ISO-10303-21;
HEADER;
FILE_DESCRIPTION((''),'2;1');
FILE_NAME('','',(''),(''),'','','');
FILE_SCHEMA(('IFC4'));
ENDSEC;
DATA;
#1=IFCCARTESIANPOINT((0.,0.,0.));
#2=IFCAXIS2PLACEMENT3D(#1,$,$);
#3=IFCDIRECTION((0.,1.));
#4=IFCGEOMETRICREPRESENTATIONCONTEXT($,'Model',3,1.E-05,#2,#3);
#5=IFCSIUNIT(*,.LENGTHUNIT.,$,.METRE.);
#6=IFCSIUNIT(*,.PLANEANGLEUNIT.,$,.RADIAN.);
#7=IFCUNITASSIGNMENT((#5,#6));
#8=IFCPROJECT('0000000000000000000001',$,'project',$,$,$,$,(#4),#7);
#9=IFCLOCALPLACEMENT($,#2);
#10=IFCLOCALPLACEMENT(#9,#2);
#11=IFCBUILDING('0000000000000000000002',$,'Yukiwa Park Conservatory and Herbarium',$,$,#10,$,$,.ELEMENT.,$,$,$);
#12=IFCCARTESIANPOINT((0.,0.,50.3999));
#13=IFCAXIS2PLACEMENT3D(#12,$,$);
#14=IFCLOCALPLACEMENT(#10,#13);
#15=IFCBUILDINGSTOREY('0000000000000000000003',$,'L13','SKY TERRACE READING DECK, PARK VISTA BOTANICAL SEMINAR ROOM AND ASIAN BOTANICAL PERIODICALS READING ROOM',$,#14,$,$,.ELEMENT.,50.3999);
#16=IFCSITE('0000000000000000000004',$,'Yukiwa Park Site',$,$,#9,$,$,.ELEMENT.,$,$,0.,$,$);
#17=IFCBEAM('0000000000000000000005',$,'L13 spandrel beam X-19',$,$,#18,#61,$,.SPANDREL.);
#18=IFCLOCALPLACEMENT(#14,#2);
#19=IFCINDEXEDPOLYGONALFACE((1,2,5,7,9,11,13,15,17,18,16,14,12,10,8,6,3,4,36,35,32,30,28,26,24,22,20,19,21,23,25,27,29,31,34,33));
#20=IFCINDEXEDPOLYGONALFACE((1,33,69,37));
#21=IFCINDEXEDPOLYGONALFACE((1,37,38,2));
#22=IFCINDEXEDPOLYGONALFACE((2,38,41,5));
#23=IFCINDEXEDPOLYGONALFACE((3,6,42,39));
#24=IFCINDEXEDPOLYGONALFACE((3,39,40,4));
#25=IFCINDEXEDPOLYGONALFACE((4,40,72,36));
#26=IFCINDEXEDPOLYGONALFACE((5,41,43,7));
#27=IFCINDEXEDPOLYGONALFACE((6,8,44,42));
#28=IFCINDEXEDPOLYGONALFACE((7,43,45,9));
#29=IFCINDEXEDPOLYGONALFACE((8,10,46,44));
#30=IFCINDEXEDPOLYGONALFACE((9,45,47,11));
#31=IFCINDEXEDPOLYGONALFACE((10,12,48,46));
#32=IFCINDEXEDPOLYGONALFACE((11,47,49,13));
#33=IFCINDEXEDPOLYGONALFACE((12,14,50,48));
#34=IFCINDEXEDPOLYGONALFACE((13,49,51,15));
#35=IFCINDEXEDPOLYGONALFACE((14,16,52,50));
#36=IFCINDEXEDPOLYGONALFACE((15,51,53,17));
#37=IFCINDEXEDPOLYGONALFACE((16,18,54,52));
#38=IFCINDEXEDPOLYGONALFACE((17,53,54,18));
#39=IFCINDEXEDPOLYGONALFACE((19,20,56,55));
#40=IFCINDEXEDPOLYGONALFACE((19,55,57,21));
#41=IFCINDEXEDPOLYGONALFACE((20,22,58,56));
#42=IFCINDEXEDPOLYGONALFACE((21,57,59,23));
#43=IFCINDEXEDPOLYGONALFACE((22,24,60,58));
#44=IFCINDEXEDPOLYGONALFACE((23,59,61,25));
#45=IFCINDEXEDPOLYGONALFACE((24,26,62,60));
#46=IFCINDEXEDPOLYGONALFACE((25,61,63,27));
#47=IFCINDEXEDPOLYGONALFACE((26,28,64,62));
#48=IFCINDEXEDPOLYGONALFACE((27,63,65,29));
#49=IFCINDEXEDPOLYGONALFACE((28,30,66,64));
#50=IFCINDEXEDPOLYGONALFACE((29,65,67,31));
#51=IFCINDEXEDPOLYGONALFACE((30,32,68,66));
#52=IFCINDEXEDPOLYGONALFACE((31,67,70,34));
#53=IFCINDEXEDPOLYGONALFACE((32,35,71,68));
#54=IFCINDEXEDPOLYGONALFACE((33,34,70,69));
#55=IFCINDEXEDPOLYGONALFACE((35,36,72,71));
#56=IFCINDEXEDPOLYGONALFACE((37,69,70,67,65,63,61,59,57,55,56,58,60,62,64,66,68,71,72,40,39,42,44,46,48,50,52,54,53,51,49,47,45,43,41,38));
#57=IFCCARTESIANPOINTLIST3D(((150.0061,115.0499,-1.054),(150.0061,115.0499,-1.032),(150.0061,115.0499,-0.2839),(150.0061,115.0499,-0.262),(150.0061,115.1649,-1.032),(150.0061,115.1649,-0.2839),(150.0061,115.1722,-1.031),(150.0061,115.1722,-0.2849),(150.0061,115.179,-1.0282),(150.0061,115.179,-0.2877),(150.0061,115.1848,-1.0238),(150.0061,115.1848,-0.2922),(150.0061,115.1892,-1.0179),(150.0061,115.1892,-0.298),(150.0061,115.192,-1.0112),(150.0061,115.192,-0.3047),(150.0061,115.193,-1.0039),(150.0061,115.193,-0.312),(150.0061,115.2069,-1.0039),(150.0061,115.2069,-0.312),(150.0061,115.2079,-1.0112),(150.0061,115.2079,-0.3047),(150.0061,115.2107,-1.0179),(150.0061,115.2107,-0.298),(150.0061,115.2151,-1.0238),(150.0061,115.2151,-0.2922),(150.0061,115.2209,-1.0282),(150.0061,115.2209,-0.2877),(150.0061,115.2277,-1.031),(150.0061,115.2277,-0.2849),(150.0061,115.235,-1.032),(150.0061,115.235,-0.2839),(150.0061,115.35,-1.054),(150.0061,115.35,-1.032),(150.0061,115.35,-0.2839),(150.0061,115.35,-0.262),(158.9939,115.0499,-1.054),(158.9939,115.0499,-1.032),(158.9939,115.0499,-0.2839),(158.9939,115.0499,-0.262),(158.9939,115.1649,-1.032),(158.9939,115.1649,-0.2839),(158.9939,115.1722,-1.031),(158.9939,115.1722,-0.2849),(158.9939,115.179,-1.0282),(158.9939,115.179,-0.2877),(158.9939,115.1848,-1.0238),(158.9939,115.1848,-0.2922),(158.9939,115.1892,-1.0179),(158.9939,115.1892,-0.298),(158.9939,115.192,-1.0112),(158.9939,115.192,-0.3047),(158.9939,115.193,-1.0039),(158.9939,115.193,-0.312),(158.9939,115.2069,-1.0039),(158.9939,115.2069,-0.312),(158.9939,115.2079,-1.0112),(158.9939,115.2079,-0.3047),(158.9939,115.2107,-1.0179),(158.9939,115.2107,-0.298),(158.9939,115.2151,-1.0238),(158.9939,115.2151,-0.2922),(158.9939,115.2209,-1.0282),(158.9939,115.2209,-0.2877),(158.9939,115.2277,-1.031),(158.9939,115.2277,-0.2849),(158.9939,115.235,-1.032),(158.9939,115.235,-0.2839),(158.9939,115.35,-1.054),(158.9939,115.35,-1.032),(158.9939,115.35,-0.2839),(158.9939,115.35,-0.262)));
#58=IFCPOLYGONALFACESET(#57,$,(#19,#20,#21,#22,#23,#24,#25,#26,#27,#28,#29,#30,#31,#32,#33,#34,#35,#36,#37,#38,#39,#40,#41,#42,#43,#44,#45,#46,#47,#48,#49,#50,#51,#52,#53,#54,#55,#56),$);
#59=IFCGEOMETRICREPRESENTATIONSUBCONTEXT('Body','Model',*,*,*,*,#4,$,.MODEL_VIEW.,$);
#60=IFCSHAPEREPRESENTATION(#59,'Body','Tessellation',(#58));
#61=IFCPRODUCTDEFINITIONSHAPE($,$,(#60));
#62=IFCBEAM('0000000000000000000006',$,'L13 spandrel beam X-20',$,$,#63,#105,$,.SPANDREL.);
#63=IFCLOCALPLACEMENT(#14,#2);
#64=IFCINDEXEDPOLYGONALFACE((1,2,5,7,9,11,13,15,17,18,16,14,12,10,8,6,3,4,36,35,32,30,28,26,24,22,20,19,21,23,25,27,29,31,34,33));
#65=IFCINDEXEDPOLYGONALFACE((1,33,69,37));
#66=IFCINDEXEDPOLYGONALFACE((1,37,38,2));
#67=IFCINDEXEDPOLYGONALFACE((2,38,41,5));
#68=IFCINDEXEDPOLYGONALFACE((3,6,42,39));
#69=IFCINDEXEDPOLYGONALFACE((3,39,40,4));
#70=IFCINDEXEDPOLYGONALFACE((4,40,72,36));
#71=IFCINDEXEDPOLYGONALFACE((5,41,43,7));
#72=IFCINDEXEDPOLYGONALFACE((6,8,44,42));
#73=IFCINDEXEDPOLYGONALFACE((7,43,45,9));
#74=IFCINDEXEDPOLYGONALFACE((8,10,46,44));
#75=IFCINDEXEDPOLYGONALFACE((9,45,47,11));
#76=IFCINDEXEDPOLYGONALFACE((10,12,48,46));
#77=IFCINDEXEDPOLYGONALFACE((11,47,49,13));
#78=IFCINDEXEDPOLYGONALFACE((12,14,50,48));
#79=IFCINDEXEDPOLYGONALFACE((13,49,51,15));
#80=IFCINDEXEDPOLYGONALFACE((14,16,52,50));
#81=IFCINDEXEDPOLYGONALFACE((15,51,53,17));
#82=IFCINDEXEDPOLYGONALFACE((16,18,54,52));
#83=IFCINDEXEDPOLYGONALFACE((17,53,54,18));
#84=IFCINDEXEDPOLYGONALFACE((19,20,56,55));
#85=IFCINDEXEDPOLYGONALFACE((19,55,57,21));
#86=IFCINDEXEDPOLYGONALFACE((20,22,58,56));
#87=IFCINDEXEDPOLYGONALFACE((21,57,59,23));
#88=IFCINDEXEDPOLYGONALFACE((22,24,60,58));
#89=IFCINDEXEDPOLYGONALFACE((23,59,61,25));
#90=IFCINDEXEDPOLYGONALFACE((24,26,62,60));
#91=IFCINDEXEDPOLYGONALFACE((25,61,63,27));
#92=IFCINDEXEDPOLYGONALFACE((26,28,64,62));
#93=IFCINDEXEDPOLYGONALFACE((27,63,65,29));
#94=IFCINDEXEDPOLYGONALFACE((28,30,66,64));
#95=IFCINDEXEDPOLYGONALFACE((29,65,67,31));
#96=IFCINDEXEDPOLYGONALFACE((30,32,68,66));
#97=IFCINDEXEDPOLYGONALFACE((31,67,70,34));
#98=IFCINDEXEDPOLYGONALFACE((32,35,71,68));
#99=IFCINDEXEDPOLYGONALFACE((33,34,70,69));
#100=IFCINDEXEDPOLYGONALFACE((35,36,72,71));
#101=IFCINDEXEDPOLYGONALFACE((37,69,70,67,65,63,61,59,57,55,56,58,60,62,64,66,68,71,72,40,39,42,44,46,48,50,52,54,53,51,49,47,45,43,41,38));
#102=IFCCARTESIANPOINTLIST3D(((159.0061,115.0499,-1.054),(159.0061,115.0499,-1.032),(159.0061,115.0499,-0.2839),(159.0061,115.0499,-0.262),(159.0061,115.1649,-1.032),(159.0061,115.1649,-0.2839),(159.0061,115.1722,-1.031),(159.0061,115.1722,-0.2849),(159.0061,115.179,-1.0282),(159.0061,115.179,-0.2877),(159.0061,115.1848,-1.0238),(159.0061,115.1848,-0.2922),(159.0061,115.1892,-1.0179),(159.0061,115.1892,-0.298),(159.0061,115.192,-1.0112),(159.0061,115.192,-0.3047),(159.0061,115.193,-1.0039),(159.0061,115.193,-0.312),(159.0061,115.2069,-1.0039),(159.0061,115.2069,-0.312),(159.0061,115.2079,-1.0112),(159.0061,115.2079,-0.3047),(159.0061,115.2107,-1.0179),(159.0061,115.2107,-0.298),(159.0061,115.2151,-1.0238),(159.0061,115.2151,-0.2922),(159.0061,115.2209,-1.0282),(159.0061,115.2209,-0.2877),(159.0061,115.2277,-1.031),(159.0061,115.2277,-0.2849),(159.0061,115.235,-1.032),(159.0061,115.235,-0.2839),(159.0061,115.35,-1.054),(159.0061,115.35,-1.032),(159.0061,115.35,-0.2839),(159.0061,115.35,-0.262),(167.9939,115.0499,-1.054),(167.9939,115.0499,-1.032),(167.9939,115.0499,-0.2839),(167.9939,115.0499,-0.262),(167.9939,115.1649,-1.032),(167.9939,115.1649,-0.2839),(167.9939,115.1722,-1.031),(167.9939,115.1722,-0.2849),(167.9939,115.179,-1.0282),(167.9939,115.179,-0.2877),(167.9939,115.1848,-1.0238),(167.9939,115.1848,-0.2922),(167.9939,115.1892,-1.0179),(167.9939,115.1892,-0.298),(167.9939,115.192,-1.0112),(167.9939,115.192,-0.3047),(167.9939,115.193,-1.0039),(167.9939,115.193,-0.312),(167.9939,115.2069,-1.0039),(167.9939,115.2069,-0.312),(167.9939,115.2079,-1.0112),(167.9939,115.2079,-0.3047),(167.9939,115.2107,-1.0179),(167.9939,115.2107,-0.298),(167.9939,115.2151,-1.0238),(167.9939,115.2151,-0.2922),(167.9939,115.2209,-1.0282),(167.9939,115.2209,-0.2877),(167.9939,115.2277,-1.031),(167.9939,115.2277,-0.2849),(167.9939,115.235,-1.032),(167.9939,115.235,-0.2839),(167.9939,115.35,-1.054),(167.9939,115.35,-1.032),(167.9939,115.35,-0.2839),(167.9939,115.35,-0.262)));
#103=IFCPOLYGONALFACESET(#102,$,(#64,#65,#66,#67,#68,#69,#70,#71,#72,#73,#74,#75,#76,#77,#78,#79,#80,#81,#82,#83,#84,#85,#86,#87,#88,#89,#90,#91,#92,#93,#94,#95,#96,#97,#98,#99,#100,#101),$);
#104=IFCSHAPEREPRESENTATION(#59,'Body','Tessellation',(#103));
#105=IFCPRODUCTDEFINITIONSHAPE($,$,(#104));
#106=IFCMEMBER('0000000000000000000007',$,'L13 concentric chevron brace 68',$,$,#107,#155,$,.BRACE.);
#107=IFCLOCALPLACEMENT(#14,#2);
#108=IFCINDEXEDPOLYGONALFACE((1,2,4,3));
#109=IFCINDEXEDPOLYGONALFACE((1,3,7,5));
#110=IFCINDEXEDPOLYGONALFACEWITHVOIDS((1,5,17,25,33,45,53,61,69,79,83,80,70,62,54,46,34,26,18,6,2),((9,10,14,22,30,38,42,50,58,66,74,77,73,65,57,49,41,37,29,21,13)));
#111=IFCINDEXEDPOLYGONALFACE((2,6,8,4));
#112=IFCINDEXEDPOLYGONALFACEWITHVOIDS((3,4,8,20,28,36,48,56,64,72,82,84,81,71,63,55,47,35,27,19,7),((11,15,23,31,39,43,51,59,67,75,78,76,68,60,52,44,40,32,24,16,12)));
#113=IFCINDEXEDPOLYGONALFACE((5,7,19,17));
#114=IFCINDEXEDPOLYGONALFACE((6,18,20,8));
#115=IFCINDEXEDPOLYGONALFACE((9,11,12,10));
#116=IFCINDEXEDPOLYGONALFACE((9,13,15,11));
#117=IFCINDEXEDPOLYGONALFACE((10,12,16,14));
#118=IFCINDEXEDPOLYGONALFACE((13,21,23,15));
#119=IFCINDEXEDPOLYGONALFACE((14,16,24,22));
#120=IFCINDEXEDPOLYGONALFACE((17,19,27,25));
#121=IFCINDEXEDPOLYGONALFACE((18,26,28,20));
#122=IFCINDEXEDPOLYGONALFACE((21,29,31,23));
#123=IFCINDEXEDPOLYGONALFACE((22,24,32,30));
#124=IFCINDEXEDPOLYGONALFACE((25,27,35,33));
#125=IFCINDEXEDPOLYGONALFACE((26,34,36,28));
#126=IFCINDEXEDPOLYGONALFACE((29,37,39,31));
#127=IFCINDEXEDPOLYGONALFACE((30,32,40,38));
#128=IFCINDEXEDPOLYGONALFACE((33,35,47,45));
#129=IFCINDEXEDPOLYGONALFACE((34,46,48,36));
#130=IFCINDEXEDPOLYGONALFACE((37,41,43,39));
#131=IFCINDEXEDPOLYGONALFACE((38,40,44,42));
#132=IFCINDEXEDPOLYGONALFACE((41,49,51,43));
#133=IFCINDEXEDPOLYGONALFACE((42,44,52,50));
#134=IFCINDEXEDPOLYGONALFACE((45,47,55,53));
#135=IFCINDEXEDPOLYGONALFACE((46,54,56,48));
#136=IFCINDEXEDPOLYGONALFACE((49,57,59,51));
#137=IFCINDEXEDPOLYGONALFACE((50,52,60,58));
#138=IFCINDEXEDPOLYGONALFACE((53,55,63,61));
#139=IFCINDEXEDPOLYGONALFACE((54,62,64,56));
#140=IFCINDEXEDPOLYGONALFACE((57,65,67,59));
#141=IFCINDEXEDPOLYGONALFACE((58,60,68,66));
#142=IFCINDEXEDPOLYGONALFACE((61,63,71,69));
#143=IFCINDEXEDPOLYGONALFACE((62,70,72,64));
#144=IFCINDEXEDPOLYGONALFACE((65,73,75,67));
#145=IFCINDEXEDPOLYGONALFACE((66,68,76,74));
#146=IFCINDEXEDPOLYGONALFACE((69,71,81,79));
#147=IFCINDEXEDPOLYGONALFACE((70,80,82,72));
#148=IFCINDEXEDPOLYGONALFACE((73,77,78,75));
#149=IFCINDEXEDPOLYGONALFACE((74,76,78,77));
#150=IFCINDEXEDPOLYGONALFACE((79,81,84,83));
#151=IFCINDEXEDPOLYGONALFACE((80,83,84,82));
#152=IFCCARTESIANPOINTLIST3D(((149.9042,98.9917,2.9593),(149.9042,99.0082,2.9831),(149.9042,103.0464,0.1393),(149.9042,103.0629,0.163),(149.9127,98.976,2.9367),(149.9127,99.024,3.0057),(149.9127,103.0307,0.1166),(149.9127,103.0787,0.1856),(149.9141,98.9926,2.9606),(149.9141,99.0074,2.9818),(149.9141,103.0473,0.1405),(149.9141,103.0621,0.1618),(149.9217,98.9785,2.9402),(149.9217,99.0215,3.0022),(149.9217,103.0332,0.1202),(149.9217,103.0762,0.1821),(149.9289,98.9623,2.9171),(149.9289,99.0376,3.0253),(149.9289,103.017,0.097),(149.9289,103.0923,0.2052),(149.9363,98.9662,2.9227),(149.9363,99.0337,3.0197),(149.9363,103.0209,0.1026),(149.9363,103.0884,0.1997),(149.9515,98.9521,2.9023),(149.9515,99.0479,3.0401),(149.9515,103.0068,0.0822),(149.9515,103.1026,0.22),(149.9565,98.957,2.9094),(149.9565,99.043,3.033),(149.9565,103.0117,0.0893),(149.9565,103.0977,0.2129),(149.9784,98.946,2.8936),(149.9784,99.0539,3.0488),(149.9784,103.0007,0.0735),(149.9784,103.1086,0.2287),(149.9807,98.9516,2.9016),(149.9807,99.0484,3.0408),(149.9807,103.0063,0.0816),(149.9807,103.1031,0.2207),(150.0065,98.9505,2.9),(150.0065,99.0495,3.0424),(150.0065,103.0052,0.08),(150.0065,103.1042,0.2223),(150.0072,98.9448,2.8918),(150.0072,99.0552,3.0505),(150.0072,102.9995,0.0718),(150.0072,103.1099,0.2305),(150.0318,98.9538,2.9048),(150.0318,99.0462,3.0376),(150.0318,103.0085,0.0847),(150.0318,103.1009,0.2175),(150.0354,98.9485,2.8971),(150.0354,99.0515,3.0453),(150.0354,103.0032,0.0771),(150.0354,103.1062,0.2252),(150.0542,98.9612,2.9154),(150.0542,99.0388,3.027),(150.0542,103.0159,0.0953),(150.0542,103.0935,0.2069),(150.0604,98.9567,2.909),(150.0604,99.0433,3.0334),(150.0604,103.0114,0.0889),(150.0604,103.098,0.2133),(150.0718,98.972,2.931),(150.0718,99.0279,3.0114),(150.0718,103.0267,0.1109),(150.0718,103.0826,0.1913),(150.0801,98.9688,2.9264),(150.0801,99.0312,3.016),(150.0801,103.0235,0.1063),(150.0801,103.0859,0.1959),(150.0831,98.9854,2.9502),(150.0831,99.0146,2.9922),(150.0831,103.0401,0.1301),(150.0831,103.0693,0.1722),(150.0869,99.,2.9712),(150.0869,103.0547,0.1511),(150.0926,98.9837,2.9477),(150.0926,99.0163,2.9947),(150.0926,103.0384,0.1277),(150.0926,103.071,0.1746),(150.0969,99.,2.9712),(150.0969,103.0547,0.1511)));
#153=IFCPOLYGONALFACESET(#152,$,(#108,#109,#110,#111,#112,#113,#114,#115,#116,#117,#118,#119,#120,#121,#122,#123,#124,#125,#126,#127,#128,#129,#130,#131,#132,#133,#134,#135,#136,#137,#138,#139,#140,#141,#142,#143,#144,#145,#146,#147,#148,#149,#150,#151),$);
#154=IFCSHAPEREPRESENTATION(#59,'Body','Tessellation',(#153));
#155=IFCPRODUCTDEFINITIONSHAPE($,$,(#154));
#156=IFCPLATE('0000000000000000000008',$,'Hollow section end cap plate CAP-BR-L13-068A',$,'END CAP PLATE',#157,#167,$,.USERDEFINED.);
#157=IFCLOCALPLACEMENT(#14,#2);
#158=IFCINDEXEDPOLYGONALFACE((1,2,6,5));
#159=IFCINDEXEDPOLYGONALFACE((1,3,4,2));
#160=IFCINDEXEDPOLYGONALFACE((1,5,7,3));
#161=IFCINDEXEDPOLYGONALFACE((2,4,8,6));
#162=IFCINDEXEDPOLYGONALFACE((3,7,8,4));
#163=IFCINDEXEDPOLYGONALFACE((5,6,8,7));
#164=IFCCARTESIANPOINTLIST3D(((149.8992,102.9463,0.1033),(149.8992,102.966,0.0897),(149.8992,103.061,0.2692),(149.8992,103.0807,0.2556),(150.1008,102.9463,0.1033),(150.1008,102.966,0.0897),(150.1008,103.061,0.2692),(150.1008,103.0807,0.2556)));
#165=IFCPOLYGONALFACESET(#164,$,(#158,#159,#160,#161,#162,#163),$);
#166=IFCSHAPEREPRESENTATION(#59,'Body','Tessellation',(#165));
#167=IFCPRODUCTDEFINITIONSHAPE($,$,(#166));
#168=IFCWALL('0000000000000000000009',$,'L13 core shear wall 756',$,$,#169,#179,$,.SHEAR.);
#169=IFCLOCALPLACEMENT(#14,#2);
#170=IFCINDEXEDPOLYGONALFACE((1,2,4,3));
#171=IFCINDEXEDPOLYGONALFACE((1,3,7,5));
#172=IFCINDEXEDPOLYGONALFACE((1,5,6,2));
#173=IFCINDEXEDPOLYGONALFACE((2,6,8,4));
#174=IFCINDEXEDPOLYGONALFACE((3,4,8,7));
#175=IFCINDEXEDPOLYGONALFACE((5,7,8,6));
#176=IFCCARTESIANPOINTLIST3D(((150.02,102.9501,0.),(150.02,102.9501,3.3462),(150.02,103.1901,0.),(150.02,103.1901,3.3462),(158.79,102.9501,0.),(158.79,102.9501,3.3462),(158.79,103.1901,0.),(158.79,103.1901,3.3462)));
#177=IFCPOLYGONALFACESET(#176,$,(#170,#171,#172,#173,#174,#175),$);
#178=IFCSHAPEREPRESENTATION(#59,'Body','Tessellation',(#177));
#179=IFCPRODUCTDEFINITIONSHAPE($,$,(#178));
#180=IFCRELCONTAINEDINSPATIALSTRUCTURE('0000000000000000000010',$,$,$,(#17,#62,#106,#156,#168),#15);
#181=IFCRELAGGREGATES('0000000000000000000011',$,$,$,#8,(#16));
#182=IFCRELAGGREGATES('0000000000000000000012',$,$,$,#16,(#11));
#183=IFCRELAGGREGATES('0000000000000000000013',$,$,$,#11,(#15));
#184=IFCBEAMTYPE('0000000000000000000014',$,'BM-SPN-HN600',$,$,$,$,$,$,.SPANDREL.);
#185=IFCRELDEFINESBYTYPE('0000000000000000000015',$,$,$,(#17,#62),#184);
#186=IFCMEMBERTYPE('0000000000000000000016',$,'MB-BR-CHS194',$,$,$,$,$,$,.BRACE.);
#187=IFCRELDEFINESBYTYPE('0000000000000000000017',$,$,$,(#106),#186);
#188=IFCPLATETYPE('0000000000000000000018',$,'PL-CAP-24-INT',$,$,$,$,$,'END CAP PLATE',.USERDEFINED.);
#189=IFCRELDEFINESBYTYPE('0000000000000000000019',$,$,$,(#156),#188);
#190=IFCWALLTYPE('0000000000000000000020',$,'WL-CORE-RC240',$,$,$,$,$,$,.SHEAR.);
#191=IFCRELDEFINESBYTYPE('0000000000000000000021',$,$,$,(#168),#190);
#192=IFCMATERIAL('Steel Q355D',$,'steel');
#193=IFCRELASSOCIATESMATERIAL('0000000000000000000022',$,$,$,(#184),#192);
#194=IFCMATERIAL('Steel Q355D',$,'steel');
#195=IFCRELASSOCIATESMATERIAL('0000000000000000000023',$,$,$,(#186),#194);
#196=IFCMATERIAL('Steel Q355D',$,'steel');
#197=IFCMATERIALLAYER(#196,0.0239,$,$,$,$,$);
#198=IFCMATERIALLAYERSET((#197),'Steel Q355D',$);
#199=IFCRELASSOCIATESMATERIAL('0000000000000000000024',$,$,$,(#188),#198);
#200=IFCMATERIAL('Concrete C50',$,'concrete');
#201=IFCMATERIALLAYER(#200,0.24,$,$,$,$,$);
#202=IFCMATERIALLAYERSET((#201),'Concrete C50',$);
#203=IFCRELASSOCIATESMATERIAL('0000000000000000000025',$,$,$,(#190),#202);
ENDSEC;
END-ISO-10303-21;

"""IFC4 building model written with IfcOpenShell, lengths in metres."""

from ifc_helpers import new_model, si_unit, direction, frame, frame_2d, origin, origin_2d, place, context, subcontext, project, spatial, rectangle, hollow_circle, i_section, extrude, material, layer, layer_set, material_profile, profile_set, type_object, element, save


model = new_model("IFC4")

# Units and contexts
model_context = context("Model", 3, precision=1e-05, world=origin(), true_north=direction((0.0, 1.0)))
body_context = subcontext(model_context, "Body", "Model", "MODEL_VIEW")
ifc_project = project(units=[si_unit("LENGTHUNIT", "METRE"), si_unit("PLANEANGLEUNIT", "RADIAN")], contexts=[model_context])

# Site, building, storey
site_placement = place(None, origin())
site = spatial("IfcSite", under=ifc_project, at=site_placement, Name="Yukiwa Park Site", CompositionType="ELEMENT", RefElevation=0.0)
building_placement = place(site_placement, origin())
building = spatial("IfcBuilding", under=site, at=building_placement, Name="Yukiwa Park Conservatory and Herbarium", CompositionType="ELEMENT")
storey_placement = place(building_placement, frame((0.0, 0.0, 50.3999)))
storey = spatial("IfcBuildingStorey", under=building, at=storey_placement, Name="L13", Description="SKY TERRACE READING DECK, PARK VISTA BOTANICAL SEMINAR ROOM AND ASIAN BOTANICAL PERIODICALS READING ROOM", CompositionType="ELEMENT", Elevation=50.3999)

# Beams
ifc_material_1 = material(Name="Steel Q355D", Category="steel")
ifc_material_profile_1 = material_profile(ifc_material_1, i_section(OverallWidth=0.3, OverallDepth=0.792, WebThickness=0.0139, FlangeThickness=0.022, FilletRadius=0.0281, at=origin_2d()), Name="HN 792x300x14x22")
ifc_profile_set_1 = profile_set([ifc_material_profile_1], Name="Steel Q355D")
beam_type_1 = type_object("IfcBeamType", Name="BM-SPN-HN600", PredefinedType="SPANDREL", material=ifc_profile_set_1)
for number, where, z_axis, x_axis, name in (
    (1, (150.0061, 115.2, -0.658), (1.0, 0.0, 0.0), (0.0, 1.0, 0.0), "L13 spandrel beam X-19"),
    (2, (159.0061, 115.2, -0.658), (1.0, 0.0, 0.0), (0.0, 1.0, 0.0), "L13 spandrel beam X-20"),
):
    element("IfcBeam", number, at=place(storey_placement, frame(where, z_axis=z_axis, x_axis=x_axis)), inside=storey, type_object=beam_type_1, Name=name, PredefinedType="SPANDREL", context=body_context, shape_type="SweptSolid", body=[
        extrude(i_section(OverallWidth=0.3, OverallDepth=0.792, WebThickness=0.0139, FlangeThickness=0.022, FilletRadius=0.0281, at=origin_2d()), origin(), (0.0, 0.0, 1.0), 8.9878),
    ])

# Member
ifc_material_2 = material(Name="Steel Q355D", Category="steel")
ifc_material_profile_2 = material_profile(ifc_material_2, hollow_circle(Radius=0.0969, WallThickness=0.01, at=origin_2d()), Name="CHS 193.7x10")
ifc_profile_set_2 = profile_set([ifc_material_profile_2], Name="Steel Q355D")
member_type = type_object("IfcMemberType", Name="MB-BR-CHS194", PredefinedType="BRACE", material=ifc_profile_set_2)
member_placement = place(storey_placement, frame((150.0, 103.0547, 0.1511), z_axis=(0.0, -0.820961, 0.570985), x_axis=(1.0, 0.0, 0.0)))
element("IfcMember", 3, at=member_placement, inside=storey, type_object=member_type, Name="L13 concentric chevron brace 68", PredefinedType="BRACE", context=body_context, shape_type="SweptSolid", body=[
    extrude(hollow_circle(Radius=0.0969, WallThickness=0.01, at=origin_2d()), origin(), (0.0, 0.0, 1.0), 4.939),
])

# Plate
ifc_material_3 = material(Name="Steel Q355D", Category="steel")
ifc_layer_1 = layer(ifc_material_3, 0.0239)
ifc_layer_set_1 = layer_set([ifc_layer_1], Name="Steel Q355D")
plate_type = type_object("IfcPlateType", Name="PL-CAP-24-INT", ElementType="END CAP PLATE", PredefinedType="USERDEFINED", material=ifc_layer_set_1)
plate_placement = place(storey_placement, frame((150.0, 103.0037, 0.1863), z_axis=(0.0, 0.822558, -0.568682), x_axis=(-1.0, 0.0, 0.0)))
element("IfcPlate", 4, at=plate_placement, inside=storey, type_object=plate_type, Name="Hollow section end cap plate CAP-BR-L13-068A", ObjectType="END CAP PLATE", PredefinedType="USERDEFINED", context=body_context, shape_type="SweptSolid", body=[
    extrude(rectangle(XDim=0.2017, YDim=0.2017, at=origin_2d()), origin(), (0.0, 0.0, 1.0), 0.0239),
])

# Wall
ifc_material_4 = material(Name="Concrete C50", Category="concrete")
ifc_layer_2 = layer(ifc_material_4, 0.24)
ifc_layer_set_2 = layer_set([ifc_layer_2], Name="Concrete C50")
wall_type_1 = type_object("IfcWallType", Name="WL-CORE-RC240", PredefinedType="SHEAR", material=ifc_layer_set_2)
wall_1_placement = place(storey_placement, frame((150.02, 103.0701, 0.0), z_axis=(0.0, 0.0, 1.0), x_axis=(1.0, 0.0, 0.0)))
element("IfcWall", 5, at=wall_1_placement, inside=storey, type_object=wall_type_1, Name="L13 core shear wall 756", PredefinedType="SHEAR", context=body_context, shape_type="SweptSolid", body=[
    extrude(rectangle(XDim=8.77, YDim=0.24, at=frame_2d((4.385, 0.0))), origin(), (0.0, 0.0, 1.0), 3.3462),
])

save(model, "model.ifc")
